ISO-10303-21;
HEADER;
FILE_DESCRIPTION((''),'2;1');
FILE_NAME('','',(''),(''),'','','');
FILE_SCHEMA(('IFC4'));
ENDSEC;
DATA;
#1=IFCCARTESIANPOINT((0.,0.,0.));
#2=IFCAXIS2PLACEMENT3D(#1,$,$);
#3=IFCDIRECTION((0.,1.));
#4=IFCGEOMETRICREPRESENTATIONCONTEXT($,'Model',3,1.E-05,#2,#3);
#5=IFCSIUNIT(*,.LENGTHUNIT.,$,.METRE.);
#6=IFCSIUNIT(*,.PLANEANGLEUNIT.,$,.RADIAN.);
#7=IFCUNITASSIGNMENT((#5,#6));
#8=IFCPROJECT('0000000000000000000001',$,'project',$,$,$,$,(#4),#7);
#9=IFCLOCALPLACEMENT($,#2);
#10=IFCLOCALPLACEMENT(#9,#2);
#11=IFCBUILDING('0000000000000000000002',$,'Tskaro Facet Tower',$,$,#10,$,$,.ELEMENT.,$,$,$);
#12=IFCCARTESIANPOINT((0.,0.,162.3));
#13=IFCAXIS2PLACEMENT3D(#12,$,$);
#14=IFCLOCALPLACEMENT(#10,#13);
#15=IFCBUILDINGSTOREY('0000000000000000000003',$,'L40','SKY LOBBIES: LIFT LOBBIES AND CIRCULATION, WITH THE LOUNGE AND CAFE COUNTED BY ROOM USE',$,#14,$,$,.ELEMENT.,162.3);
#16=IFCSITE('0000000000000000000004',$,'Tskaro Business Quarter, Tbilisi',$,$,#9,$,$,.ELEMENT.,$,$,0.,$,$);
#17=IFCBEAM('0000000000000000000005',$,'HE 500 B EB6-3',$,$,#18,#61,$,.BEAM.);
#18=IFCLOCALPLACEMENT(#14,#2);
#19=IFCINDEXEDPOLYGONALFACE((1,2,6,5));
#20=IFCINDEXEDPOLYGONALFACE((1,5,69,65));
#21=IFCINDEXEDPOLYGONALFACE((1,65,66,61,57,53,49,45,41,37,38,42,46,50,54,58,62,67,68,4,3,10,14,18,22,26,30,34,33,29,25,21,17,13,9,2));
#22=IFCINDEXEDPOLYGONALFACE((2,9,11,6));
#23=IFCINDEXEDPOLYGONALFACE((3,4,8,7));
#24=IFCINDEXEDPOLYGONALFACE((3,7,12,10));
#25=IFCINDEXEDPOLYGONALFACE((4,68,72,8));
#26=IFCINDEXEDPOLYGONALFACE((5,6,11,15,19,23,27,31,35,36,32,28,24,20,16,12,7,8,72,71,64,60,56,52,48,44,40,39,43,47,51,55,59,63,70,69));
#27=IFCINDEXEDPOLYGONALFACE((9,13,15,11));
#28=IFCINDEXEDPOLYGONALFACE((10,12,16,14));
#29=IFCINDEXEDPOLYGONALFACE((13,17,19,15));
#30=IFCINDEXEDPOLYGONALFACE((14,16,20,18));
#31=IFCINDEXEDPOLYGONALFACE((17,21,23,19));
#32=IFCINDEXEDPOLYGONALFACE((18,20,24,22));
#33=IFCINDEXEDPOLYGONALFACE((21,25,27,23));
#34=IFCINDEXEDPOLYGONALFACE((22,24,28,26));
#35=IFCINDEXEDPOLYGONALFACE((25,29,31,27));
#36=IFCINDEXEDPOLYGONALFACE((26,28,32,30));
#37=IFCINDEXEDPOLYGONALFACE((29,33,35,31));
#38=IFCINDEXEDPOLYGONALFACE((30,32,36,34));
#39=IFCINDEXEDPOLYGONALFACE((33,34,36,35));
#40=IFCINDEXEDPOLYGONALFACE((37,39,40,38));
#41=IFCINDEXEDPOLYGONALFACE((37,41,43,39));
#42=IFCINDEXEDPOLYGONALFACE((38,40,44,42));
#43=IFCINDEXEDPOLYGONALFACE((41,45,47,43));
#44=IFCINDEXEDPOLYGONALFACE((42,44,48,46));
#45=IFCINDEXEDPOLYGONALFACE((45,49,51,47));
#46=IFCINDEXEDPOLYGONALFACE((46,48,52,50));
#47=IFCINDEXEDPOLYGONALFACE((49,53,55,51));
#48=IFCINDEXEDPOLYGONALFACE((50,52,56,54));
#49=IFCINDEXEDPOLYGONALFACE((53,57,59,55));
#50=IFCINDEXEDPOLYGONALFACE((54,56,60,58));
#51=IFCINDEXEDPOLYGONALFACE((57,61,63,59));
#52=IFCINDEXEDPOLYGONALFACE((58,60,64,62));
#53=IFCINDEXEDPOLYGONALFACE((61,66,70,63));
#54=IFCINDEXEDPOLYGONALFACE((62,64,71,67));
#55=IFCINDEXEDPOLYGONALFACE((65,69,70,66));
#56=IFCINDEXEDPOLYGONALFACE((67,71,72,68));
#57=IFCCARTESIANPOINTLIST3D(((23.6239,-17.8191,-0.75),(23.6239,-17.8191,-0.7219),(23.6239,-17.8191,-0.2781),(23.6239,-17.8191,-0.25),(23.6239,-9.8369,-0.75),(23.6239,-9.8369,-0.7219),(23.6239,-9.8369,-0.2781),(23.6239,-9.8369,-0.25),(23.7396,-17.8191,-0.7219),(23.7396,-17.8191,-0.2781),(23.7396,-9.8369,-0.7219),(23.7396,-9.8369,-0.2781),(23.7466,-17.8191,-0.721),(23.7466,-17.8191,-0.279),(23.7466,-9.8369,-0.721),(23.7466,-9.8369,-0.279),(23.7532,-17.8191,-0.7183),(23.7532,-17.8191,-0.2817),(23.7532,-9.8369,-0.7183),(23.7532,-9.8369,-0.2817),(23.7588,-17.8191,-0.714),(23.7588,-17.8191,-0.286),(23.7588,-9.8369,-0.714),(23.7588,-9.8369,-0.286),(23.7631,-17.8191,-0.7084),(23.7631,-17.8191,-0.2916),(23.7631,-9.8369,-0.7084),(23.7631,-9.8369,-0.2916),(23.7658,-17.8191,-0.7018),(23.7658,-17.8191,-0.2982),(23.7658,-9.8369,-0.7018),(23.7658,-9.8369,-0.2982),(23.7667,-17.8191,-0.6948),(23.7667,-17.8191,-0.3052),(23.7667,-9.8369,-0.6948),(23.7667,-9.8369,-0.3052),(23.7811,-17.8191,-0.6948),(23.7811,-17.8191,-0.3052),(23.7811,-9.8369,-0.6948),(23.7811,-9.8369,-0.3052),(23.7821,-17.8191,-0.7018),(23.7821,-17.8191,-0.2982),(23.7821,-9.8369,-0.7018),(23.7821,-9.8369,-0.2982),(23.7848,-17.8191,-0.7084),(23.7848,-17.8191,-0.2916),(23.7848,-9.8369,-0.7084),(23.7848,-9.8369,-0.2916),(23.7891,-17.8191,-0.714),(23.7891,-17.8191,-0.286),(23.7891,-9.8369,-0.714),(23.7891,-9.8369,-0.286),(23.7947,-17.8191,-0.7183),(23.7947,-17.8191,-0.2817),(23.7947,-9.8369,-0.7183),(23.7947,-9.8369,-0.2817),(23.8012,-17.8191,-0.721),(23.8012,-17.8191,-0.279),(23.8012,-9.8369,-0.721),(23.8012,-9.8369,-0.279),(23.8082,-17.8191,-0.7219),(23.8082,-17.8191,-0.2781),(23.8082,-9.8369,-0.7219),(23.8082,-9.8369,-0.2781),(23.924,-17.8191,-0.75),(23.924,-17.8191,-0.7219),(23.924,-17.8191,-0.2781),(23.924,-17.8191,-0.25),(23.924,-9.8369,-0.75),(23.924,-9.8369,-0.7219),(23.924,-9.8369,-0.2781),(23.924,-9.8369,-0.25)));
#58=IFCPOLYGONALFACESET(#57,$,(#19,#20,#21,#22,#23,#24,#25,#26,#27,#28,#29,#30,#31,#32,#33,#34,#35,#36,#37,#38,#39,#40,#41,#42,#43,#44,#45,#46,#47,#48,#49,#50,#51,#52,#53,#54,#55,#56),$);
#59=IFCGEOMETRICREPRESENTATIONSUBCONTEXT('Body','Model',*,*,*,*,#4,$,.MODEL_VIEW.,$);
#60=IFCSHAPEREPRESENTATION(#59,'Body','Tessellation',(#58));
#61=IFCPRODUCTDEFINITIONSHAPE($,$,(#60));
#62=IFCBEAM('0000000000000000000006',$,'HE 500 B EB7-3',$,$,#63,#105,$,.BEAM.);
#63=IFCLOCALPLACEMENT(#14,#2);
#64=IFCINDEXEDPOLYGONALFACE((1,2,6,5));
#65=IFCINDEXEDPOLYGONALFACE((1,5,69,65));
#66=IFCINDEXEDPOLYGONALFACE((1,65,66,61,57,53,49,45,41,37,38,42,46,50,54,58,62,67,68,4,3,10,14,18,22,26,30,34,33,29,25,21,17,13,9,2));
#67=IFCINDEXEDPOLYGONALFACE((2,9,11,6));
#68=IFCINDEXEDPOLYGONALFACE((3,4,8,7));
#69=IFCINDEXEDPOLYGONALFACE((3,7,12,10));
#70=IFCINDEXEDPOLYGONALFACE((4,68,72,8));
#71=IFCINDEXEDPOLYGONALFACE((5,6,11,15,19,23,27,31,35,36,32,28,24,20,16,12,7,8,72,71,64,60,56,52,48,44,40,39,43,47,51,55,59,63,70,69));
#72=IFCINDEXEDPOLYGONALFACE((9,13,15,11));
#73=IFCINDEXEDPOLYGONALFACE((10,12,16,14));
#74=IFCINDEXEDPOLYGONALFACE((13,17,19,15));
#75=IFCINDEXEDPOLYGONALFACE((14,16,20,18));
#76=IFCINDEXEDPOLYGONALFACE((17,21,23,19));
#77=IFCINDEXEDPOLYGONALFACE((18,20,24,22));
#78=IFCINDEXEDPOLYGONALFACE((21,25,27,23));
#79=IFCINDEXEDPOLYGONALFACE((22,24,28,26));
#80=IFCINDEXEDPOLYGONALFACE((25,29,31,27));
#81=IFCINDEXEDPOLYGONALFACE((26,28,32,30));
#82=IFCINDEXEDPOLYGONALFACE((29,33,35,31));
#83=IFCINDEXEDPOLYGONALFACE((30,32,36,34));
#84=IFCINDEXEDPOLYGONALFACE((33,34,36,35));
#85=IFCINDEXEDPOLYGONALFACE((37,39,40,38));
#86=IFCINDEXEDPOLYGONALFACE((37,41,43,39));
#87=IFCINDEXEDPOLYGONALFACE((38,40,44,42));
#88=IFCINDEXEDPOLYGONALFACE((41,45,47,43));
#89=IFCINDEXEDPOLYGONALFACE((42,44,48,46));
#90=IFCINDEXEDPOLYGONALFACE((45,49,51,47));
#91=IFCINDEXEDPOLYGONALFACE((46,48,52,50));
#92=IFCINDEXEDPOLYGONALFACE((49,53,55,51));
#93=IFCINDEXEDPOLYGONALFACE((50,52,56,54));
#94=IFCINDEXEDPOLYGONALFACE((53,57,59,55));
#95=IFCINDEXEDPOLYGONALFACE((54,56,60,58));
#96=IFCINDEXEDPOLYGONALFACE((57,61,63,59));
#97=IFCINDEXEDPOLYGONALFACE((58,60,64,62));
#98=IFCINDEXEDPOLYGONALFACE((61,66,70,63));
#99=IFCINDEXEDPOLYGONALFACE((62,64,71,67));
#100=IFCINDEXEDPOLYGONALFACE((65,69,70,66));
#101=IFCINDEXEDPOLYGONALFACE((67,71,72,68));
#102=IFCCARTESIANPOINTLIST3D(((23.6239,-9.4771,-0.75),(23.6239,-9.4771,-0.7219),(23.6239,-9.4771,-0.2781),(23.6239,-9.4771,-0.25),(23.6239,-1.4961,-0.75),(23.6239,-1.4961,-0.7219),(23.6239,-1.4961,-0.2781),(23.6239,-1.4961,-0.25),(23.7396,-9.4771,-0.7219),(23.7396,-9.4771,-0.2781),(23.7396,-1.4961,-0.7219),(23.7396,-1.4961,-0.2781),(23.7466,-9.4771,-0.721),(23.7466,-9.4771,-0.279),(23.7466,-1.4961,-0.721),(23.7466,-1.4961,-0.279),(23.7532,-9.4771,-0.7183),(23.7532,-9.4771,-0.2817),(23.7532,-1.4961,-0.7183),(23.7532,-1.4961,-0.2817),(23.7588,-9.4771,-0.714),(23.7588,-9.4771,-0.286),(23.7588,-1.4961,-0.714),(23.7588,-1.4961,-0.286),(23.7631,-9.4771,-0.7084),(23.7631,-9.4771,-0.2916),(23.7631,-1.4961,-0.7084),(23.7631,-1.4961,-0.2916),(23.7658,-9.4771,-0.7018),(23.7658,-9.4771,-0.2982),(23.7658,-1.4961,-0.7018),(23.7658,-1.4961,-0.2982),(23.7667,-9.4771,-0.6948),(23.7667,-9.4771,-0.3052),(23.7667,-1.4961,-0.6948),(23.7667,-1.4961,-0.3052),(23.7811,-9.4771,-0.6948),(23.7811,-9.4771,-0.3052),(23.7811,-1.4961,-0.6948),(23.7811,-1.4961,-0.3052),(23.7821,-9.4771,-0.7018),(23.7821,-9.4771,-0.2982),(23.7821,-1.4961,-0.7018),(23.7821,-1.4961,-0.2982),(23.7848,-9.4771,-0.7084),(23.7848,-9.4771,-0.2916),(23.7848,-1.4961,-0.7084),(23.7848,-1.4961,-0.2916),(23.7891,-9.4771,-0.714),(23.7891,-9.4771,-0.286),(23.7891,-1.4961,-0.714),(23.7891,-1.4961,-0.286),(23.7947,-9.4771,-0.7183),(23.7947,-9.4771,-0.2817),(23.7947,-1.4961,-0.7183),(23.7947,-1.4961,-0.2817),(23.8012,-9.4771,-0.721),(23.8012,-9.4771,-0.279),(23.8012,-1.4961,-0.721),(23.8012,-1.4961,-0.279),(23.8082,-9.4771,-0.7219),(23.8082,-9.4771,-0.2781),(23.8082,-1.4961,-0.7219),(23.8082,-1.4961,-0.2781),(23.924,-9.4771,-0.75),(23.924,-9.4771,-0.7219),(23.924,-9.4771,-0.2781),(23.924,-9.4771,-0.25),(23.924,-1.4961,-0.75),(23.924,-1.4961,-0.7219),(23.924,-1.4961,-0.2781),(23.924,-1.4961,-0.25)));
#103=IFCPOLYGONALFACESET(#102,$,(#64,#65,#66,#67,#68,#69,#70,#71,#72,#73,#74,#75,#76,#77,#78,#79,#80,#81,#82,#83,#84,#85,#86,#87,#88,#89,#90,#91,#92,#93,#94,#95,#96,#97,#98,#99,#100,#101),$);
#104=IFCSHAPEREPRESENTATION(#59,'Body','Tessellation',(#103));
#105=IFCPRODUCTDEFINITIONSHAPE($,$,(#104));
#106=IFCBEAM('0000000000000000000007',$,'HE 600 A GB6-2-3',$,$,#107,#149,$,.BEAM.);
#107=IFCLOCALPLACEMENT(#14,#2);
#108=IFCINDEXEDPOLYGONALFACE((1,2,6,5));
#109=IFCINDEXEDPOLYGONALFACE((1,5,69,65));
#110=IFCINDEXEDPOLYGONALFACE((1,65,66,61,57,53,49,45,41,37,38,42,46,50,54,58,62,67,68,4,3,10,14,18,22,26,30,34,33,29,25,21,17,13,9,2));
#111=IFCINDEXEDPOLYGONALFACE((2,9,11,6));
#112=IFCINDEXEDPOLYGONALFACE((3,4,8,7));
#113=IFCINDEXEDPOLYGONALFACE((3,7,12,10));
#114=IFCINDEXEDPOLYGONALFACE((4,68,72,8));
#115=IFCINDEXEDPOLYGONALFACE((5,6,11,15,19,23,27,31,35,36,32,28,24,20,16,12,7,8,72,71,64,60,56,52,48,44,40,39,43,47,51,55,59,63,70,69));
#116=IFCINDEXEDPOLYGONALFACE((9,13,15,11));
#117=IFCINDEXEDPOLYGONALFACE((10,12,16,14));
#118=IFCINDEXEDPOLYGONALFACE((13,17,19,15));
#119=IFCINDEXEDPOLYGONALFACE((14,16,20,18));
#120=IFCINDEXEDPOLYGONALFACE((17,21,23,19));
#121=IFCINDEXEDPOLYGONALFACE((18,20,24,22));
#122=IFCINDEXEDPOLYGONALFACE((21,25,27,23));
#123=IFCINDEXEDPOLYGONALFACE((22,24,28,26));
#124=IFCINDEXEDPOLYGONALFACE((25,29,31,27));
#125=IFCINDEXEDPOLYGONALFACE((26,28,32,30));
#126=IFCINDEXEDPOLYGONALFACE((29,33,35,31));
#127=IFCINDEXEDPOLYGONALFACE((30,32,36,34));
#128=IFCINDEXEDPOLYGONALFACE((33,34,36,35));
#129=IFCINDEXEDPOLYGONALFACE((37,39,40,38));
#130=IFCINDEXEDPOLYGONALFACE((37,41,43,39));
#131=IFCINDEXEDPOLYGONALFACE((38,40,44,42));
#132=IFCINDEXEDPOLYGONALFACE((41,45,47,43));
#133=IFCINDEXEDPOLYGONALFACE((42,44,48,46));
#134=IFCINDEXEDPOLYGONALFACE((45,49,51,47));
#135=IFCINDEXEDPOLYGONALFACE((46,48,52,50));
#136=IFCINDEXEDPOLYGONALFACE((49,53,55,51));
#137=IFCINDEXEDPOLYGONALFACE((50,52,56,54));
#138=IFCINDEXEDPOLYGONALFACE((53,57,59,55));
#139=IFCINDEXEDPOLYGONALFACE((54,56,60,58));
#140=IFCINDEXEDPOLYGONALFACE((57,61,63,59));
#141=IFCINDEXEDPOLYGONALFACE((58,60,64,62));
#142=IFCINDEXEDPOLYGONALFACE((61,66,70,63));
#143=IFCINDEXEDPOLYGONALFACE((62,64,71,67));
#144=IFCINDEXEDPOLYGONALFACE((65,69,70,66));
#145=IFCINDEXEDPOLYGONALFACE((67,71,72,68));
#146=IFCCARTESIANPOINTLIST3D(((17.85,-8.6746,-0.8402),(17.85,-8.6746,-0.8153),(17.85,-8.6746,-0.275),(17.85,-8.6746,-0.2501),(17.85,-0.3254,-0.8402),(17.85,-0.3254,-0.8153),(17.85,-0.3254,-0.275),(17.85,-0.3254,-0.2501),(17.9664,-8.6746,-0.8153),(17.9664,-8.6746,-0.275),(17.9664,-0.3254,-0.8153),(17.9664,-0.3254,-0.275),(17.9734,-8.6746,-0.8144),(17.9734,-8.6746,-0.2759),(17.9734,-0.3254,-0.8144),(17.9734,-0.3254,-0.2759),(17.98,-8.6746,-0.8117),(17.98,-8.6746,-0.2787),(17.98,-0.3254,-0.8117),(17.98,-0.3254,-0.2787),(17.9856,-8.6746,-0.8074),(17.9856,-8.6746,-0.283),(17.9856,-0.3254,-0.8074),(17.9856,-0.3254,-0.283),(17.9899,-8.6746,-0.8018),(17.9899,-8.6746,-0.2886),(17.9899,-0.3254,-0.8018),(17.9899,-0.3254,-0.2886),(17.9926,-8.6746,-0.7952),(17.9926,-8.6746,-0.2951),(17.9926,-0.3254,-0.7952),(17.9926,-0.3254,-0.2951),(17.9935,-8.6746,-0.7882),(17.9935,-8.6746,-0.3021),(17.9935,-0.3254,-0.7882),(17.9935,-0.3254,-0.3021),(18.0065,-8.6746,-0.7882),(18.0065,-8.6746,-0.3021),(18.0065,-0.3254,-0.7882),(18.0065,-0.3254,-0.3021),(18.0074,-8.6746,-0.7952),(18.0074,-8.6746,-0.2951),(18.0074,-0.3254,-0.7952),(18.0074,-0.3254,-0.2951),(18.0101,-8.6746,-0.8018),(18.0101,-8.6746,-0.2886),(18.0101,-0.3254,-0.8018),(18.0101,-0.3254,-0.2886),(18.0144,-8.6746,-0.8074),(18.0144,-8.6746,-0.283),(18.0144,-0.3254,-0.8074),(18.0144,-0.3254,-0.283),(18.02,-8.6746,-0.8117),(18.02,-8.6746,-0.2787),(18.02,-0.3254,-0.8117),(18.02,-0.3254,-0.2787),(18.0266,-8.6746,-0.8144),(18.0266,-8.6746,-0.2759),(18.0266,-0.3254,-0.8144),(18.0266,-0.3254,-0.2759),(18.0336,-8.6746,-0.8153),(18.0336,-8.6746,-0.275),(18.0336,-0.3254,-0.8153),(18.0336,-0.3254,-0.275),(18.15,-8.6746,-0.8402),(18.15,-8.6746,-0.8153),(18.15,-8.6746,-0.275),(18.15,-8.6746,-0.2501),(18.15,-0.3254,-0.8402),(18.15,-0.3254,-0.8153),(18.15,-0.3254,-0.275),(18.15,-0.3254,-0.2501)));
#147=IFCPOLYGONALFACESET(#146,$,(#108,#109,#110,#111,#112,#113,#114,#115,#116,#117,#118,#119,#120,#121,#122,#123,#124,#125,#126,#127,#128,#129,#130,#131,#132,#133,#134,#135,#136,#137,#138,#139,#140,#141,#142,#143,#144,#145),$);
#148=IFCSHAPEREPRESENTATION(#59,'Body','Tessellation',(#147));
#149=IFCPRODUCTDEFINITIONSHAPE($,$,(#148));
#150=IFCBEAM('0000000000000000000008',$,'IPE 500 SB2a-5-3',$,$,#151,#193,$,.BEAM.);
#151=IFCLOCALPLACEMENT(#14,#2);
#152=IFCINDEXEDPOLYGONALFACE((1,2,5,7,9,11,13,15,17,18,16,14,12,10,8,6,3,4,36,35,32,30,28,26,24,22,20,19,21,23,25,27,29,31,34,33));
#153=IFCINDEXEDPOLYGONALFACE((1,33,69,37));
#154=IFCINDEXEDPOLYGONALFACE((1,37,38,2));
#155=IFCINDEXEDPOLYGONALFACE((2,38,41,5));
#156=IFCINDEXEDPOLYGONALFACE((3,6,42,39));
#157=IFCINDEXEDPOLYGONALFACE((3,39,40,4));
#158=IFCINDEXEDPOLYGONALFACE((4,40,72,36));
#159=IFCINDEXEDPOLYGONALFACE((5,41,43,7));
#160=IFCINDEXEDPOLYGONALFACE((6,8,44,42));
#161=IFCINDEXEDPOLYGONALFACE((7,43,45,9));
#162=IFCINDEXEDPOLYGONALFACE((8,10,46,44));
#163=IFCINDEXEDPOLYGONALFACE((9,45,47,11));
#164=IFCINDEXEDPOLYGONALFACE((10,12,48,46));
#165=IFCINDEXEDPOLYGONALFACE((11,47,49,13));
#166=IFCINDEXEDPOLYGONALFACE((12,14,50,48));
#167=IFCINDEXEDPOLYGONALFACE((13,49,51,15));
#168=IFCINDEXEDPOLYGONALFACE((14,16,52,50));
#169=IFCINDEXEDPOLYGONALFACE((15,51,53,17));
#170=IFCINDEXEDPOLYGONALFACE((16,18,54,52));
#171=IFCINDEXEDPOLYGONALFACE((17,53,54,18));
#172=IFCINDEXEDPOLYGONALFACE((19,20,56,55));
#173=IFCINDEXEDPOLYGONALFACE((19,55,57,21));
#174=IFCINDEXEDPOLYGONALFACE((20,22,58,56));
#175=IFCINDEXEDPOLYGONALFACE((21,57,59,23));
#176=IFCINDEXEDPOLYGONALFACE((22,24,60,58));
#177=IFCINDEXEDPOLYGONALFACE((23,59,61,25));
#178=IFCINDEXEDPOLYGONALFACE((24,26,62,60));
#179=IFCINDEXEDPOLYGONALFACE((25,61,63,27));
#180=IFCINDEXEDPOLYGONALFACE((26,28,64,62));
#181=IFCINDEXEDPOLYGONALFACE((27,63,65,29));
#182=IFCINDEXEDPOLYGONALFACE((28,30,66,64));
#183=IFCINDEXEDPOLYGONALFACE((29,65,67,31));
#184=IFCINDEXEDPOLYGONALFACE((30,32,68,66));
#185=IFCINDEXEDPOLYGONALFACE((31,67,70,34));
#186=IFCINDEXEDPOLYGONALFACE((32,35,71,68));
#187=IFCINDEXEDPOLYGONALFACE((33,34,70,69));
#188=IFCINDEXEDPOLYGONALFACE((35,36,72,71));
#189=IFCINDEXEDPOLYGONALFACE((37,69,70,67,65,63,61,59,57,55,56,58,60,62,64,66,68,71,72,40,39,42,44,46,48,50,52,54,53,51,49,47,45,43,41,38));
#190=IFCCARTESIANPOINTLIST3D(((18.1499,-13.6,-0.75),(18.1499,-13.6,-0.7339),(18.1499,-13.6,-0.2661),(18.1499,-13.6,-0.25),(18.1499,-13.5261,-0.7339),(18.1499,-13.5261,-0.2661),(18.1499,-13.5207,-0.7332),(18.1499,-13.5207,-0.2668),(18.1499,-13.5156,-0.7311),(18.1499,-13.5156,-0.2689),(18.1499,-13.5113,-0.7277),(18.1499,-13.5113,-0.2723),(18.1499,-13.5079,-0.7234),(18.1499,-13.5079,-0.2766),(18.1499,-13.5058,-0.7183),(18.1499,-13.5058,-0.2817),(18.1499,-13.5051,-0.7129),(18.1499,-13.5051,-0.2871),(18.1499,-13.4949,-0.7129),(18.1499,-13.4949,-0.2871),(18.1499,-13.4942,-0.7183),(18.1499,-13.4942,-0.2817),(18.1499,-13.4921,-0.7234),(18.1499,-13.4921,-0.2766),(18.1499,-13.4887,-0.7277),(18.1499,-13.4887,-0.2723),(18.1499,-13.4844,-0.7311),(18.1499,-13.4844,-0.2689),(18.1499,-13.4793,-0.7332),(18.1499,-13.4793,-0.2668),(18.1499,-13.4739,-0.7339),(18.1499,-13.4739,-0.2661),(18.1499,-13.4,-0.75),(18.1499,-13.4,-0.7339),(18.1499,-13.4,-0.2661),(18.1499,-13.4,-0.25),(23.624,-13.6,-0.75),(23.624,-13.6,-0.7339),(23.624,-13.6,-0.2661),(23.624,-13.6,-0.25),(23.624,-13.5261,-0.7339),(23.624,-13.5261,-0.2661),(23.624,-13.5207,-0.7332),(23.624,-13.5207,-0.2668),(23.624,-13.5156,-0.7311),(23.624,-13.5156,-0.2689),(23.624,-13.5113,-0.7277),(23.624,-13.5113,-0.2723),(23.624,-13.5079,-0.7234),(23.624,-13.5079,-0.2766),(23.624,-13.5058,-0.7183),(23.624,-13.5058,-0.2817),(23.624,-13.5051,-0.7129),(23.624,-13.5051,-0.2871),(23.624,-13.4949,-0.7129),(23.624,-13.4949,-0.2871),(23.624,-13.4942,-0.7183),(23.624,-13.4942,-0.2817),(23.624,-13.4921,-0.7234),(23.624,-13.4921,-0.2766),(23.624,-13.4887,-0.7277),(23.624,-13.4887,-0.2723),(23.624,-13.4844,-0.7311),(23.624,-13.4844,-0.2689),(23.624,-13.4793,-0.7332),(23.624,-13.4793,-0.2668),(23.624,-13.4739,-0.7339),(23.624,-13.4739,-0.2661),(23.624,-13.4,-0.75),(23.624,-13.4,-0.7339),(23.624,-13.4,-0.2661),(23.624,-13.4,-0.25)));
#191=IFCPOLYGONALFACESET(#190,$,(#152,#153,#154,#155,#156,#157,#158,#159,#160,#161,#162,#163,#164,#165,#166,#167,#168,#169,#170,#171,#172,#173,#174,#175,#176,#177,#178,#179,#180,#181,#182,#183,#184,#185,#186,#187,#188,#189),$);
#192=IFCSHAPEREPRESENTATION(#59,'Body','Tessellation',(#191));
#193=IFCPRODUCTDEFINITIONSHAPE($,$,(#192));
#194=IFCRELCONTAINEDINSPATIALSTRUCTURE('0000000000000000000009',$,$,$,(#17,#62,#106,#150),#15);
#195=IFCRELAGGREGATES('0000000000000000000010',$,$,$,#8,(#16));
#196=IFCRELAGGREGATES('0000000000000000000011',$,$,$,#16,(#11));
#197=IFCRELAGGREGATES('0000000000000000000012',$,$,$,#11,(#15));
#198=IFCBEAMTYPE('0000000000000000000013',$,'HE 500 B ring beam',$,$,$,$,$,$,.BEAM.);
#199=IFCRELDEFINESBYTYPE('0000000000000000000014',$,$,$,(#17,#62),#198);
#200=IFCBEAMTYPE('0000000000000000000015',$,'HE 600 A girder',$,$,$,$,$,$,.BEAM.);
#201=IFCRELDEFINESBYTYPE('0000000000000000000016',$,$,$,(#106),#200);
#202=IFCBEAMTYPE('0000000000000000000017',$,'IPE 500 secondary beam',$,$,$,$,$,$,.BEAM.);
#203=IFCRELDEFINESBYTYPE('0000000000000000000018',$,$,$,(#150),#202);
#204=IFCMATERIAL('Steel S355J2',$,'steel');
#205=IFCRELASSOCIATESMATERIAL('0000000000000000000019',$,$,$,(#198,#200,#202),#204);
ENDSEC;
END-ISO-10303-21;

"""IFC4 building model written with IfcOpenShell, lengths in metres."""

from ifc_helpers import new_model, si_unit, direction, frame, origin, origin_2d, place, context, subcontext, project, spatial, i_section, extrude, material, material_profile, profile_set, type_object, element, save


model = new_model("IFC4")

# Units and contexts
model_context = context("Model", 3, precision=1e-05, world=origin(), true_north=direction((0.0, 1.0)))
body_context = subcontext(model_context, "Body", "Model", "MODEL_VIEW")
ifc_project = project(units=[si_unit("LENGTHUNIT", "METRE"), si_unit("PLANEANGLEUNIT", "RADIAN")], contexts=[model_context])

# Site, building, storey
site_placement = place(None, origin())
site = spatial("IfcSite", under=ifc_project, at=site_placement, Name="Tskaro Business Quarter, Tbilisi", CompositionType="ELEMENT", RefElevation=0.0)
building_placement = place(site_placement, origin())
building = spatial("IfcBuilding", under=site, at=building_placement, Name="Tskaro Facet Tower", CompositionType="ELEMENT")
storey_placement = place(building_placement, frame((0.0, 0.0, 162.3)))
storey = spatial("IfcBuildingStorey", under=building, at=storey_placement, Name="L40", Description="SKY LOBBIES: LIFT LOBBIES AND CIRCULATION, WITH THE LOUNGE AND CAFE COUNTED BY ROOM USE", CompositionType="ELEMENT", Elevation=162.3)

# Beams
ifc_material_1 = material(Name="Steel S355J2", Category="steel")
ifc_material_profile_1 = material_profile(ifc_material_1, i_section(OverallWidth=0.3, OverallDepth=0.5, WebThickness=0.0144, FlangeThickness=0.0281, FilletRadius=0.0271, at=origin_2d()), Name="HE 500 B")
ifc_profile_set_1 = profile_set([ifc_material_profile_1], Name="Steel S355J2")
beam_type_1 = type_object("IfcBeamType", Name="HE 500 B ring beam", PredefinedType="BEAM", material=ifc_profile_set_1)
beam_1_placement = place(storey_placement, frame((23.7739, -17.8191, -0.5), z_axis=(0.0, 1.0, 0.0), x_axis=(-1.0, 0.0, 0.0)))
element("IfcBeam", 1, at=beam_1_placement, inside=storey, type_object=beam_type_1, Name="HE 500 B EB6-3", PredefinedType="BEAM", context=body_context, shape_type="SweptSolid", body=[
    extrude(i_section(OverallWidth=0.3, OverallDepth=0.5, WebThickness=0.0144, FlangeThickness=0.0281, FilletRadius=0.0271, at=origin_2d()), origin(), (0.0, 0.0, 1.0), 7.9822),
])
beam_2_placement = place(storey_placement, frame((23.7739, -9.4771, -0.5), z_axis=(0.0, 1.0, 0.0), x_axis=(-1.0, 0.0, 0.0)))
element("IfcBeam", 2, at=beam_2_placement, inside=storey, type_object=beam_type_1, Name="HE 500 B EB7-3", PredefinedType="BEAM", context=body_context, shape_type="SweptSolid", body=[
    extrude(i_section(OverallWidth=0.3, OverallDepth=0.5, WebThickness=0.0144, FlangeThickness=0.0281, FilletRadius=0.0271, at=origin_2d()), origin(), (0.0, 0.0, 1.0), 7.981),
])
ifc_material_profile_2 = material_profile(ifc_material_1, i_section(OverallWidth=0.3, OverallDepth=0.5901, WebThickness=0.0129, FlangeThickness=0.0249, FilletRadius=0.0271, at=origin_2d()), Name="HE 600 A")
ifc_profile_set_2 = profile_set([ifc_material_profile_2], Name="Steel S355J2")
beam_type_2 = type_object("IfcBeamType", Name="HE 600 A girder", PredefinedType="BEAM", material=ifc_profile_set_2)
beam_3_placement = place(storey_placement, frame((18.0, -8.6746, -0.5452), z_axis=(0.0, 1.0, 0.0), x_axis=(-1.0, 0.0, 0.0)))
element("IfcBeam", 3, at=beam_3_placement, inside=storey, type_object=beam_type_2, Name="HE 600 A GB6-2-3", PredefinedType="BEAM", context=body_context, shape_type="SweptSolid", body=[
    extrude(i_section(OverallWidth=0.3, OverallDepth=0.5901, WebThickness=0.0129, FlangeThickness=0.0249, FilletRadius=0.0271, at=origin_2d()), origin(), (0.0, 0.0, 1.0), 8.3491),
])
ifc_material_profile_3 = material_profile(ifc_material_1, i_section(OverallWidth=0.2, OverallDepth=0.5, WebThickness=0.0103, FlangeThickness=0.0161, FilletRadius=0.021, at=origin_2d()), Name="IPE 500")
ifc_profile_set_3 = profile_set([ifc_material_profile_3], Name="Steel S355J2")
beam_type_3 = type_object("IfcBeamType", Name="IPE 500 secondary beam", PredefinedType="BEAM", material=ifc_profile_set_3)
beam_4_placement = place(storey_placement, frame((18.1499, -13.5, -0.5), z_axis=(1.0, 0.0, 0.0), x_axis=(0.0, 1.0, 0.0)))
element("IfcBeam", 4, at=beam_4_placement, inside=storey, type_object=beam_type_3, Name="IPE 500 SB2a-5-3", PredefinedType="BEAM", context=body_context, shape_type="SweptSolid", body=[
    extrude(i_section(OverallWidth=0.2, OverallDepth=0.5, WebThickness=0.0103, FlangeThickness=0.0161, FilletRadius=0.021, at=origin_2d()), origin(), (0.0, 0.0, 1.0), 5.4741),
])

save(model, "model.ifc")
